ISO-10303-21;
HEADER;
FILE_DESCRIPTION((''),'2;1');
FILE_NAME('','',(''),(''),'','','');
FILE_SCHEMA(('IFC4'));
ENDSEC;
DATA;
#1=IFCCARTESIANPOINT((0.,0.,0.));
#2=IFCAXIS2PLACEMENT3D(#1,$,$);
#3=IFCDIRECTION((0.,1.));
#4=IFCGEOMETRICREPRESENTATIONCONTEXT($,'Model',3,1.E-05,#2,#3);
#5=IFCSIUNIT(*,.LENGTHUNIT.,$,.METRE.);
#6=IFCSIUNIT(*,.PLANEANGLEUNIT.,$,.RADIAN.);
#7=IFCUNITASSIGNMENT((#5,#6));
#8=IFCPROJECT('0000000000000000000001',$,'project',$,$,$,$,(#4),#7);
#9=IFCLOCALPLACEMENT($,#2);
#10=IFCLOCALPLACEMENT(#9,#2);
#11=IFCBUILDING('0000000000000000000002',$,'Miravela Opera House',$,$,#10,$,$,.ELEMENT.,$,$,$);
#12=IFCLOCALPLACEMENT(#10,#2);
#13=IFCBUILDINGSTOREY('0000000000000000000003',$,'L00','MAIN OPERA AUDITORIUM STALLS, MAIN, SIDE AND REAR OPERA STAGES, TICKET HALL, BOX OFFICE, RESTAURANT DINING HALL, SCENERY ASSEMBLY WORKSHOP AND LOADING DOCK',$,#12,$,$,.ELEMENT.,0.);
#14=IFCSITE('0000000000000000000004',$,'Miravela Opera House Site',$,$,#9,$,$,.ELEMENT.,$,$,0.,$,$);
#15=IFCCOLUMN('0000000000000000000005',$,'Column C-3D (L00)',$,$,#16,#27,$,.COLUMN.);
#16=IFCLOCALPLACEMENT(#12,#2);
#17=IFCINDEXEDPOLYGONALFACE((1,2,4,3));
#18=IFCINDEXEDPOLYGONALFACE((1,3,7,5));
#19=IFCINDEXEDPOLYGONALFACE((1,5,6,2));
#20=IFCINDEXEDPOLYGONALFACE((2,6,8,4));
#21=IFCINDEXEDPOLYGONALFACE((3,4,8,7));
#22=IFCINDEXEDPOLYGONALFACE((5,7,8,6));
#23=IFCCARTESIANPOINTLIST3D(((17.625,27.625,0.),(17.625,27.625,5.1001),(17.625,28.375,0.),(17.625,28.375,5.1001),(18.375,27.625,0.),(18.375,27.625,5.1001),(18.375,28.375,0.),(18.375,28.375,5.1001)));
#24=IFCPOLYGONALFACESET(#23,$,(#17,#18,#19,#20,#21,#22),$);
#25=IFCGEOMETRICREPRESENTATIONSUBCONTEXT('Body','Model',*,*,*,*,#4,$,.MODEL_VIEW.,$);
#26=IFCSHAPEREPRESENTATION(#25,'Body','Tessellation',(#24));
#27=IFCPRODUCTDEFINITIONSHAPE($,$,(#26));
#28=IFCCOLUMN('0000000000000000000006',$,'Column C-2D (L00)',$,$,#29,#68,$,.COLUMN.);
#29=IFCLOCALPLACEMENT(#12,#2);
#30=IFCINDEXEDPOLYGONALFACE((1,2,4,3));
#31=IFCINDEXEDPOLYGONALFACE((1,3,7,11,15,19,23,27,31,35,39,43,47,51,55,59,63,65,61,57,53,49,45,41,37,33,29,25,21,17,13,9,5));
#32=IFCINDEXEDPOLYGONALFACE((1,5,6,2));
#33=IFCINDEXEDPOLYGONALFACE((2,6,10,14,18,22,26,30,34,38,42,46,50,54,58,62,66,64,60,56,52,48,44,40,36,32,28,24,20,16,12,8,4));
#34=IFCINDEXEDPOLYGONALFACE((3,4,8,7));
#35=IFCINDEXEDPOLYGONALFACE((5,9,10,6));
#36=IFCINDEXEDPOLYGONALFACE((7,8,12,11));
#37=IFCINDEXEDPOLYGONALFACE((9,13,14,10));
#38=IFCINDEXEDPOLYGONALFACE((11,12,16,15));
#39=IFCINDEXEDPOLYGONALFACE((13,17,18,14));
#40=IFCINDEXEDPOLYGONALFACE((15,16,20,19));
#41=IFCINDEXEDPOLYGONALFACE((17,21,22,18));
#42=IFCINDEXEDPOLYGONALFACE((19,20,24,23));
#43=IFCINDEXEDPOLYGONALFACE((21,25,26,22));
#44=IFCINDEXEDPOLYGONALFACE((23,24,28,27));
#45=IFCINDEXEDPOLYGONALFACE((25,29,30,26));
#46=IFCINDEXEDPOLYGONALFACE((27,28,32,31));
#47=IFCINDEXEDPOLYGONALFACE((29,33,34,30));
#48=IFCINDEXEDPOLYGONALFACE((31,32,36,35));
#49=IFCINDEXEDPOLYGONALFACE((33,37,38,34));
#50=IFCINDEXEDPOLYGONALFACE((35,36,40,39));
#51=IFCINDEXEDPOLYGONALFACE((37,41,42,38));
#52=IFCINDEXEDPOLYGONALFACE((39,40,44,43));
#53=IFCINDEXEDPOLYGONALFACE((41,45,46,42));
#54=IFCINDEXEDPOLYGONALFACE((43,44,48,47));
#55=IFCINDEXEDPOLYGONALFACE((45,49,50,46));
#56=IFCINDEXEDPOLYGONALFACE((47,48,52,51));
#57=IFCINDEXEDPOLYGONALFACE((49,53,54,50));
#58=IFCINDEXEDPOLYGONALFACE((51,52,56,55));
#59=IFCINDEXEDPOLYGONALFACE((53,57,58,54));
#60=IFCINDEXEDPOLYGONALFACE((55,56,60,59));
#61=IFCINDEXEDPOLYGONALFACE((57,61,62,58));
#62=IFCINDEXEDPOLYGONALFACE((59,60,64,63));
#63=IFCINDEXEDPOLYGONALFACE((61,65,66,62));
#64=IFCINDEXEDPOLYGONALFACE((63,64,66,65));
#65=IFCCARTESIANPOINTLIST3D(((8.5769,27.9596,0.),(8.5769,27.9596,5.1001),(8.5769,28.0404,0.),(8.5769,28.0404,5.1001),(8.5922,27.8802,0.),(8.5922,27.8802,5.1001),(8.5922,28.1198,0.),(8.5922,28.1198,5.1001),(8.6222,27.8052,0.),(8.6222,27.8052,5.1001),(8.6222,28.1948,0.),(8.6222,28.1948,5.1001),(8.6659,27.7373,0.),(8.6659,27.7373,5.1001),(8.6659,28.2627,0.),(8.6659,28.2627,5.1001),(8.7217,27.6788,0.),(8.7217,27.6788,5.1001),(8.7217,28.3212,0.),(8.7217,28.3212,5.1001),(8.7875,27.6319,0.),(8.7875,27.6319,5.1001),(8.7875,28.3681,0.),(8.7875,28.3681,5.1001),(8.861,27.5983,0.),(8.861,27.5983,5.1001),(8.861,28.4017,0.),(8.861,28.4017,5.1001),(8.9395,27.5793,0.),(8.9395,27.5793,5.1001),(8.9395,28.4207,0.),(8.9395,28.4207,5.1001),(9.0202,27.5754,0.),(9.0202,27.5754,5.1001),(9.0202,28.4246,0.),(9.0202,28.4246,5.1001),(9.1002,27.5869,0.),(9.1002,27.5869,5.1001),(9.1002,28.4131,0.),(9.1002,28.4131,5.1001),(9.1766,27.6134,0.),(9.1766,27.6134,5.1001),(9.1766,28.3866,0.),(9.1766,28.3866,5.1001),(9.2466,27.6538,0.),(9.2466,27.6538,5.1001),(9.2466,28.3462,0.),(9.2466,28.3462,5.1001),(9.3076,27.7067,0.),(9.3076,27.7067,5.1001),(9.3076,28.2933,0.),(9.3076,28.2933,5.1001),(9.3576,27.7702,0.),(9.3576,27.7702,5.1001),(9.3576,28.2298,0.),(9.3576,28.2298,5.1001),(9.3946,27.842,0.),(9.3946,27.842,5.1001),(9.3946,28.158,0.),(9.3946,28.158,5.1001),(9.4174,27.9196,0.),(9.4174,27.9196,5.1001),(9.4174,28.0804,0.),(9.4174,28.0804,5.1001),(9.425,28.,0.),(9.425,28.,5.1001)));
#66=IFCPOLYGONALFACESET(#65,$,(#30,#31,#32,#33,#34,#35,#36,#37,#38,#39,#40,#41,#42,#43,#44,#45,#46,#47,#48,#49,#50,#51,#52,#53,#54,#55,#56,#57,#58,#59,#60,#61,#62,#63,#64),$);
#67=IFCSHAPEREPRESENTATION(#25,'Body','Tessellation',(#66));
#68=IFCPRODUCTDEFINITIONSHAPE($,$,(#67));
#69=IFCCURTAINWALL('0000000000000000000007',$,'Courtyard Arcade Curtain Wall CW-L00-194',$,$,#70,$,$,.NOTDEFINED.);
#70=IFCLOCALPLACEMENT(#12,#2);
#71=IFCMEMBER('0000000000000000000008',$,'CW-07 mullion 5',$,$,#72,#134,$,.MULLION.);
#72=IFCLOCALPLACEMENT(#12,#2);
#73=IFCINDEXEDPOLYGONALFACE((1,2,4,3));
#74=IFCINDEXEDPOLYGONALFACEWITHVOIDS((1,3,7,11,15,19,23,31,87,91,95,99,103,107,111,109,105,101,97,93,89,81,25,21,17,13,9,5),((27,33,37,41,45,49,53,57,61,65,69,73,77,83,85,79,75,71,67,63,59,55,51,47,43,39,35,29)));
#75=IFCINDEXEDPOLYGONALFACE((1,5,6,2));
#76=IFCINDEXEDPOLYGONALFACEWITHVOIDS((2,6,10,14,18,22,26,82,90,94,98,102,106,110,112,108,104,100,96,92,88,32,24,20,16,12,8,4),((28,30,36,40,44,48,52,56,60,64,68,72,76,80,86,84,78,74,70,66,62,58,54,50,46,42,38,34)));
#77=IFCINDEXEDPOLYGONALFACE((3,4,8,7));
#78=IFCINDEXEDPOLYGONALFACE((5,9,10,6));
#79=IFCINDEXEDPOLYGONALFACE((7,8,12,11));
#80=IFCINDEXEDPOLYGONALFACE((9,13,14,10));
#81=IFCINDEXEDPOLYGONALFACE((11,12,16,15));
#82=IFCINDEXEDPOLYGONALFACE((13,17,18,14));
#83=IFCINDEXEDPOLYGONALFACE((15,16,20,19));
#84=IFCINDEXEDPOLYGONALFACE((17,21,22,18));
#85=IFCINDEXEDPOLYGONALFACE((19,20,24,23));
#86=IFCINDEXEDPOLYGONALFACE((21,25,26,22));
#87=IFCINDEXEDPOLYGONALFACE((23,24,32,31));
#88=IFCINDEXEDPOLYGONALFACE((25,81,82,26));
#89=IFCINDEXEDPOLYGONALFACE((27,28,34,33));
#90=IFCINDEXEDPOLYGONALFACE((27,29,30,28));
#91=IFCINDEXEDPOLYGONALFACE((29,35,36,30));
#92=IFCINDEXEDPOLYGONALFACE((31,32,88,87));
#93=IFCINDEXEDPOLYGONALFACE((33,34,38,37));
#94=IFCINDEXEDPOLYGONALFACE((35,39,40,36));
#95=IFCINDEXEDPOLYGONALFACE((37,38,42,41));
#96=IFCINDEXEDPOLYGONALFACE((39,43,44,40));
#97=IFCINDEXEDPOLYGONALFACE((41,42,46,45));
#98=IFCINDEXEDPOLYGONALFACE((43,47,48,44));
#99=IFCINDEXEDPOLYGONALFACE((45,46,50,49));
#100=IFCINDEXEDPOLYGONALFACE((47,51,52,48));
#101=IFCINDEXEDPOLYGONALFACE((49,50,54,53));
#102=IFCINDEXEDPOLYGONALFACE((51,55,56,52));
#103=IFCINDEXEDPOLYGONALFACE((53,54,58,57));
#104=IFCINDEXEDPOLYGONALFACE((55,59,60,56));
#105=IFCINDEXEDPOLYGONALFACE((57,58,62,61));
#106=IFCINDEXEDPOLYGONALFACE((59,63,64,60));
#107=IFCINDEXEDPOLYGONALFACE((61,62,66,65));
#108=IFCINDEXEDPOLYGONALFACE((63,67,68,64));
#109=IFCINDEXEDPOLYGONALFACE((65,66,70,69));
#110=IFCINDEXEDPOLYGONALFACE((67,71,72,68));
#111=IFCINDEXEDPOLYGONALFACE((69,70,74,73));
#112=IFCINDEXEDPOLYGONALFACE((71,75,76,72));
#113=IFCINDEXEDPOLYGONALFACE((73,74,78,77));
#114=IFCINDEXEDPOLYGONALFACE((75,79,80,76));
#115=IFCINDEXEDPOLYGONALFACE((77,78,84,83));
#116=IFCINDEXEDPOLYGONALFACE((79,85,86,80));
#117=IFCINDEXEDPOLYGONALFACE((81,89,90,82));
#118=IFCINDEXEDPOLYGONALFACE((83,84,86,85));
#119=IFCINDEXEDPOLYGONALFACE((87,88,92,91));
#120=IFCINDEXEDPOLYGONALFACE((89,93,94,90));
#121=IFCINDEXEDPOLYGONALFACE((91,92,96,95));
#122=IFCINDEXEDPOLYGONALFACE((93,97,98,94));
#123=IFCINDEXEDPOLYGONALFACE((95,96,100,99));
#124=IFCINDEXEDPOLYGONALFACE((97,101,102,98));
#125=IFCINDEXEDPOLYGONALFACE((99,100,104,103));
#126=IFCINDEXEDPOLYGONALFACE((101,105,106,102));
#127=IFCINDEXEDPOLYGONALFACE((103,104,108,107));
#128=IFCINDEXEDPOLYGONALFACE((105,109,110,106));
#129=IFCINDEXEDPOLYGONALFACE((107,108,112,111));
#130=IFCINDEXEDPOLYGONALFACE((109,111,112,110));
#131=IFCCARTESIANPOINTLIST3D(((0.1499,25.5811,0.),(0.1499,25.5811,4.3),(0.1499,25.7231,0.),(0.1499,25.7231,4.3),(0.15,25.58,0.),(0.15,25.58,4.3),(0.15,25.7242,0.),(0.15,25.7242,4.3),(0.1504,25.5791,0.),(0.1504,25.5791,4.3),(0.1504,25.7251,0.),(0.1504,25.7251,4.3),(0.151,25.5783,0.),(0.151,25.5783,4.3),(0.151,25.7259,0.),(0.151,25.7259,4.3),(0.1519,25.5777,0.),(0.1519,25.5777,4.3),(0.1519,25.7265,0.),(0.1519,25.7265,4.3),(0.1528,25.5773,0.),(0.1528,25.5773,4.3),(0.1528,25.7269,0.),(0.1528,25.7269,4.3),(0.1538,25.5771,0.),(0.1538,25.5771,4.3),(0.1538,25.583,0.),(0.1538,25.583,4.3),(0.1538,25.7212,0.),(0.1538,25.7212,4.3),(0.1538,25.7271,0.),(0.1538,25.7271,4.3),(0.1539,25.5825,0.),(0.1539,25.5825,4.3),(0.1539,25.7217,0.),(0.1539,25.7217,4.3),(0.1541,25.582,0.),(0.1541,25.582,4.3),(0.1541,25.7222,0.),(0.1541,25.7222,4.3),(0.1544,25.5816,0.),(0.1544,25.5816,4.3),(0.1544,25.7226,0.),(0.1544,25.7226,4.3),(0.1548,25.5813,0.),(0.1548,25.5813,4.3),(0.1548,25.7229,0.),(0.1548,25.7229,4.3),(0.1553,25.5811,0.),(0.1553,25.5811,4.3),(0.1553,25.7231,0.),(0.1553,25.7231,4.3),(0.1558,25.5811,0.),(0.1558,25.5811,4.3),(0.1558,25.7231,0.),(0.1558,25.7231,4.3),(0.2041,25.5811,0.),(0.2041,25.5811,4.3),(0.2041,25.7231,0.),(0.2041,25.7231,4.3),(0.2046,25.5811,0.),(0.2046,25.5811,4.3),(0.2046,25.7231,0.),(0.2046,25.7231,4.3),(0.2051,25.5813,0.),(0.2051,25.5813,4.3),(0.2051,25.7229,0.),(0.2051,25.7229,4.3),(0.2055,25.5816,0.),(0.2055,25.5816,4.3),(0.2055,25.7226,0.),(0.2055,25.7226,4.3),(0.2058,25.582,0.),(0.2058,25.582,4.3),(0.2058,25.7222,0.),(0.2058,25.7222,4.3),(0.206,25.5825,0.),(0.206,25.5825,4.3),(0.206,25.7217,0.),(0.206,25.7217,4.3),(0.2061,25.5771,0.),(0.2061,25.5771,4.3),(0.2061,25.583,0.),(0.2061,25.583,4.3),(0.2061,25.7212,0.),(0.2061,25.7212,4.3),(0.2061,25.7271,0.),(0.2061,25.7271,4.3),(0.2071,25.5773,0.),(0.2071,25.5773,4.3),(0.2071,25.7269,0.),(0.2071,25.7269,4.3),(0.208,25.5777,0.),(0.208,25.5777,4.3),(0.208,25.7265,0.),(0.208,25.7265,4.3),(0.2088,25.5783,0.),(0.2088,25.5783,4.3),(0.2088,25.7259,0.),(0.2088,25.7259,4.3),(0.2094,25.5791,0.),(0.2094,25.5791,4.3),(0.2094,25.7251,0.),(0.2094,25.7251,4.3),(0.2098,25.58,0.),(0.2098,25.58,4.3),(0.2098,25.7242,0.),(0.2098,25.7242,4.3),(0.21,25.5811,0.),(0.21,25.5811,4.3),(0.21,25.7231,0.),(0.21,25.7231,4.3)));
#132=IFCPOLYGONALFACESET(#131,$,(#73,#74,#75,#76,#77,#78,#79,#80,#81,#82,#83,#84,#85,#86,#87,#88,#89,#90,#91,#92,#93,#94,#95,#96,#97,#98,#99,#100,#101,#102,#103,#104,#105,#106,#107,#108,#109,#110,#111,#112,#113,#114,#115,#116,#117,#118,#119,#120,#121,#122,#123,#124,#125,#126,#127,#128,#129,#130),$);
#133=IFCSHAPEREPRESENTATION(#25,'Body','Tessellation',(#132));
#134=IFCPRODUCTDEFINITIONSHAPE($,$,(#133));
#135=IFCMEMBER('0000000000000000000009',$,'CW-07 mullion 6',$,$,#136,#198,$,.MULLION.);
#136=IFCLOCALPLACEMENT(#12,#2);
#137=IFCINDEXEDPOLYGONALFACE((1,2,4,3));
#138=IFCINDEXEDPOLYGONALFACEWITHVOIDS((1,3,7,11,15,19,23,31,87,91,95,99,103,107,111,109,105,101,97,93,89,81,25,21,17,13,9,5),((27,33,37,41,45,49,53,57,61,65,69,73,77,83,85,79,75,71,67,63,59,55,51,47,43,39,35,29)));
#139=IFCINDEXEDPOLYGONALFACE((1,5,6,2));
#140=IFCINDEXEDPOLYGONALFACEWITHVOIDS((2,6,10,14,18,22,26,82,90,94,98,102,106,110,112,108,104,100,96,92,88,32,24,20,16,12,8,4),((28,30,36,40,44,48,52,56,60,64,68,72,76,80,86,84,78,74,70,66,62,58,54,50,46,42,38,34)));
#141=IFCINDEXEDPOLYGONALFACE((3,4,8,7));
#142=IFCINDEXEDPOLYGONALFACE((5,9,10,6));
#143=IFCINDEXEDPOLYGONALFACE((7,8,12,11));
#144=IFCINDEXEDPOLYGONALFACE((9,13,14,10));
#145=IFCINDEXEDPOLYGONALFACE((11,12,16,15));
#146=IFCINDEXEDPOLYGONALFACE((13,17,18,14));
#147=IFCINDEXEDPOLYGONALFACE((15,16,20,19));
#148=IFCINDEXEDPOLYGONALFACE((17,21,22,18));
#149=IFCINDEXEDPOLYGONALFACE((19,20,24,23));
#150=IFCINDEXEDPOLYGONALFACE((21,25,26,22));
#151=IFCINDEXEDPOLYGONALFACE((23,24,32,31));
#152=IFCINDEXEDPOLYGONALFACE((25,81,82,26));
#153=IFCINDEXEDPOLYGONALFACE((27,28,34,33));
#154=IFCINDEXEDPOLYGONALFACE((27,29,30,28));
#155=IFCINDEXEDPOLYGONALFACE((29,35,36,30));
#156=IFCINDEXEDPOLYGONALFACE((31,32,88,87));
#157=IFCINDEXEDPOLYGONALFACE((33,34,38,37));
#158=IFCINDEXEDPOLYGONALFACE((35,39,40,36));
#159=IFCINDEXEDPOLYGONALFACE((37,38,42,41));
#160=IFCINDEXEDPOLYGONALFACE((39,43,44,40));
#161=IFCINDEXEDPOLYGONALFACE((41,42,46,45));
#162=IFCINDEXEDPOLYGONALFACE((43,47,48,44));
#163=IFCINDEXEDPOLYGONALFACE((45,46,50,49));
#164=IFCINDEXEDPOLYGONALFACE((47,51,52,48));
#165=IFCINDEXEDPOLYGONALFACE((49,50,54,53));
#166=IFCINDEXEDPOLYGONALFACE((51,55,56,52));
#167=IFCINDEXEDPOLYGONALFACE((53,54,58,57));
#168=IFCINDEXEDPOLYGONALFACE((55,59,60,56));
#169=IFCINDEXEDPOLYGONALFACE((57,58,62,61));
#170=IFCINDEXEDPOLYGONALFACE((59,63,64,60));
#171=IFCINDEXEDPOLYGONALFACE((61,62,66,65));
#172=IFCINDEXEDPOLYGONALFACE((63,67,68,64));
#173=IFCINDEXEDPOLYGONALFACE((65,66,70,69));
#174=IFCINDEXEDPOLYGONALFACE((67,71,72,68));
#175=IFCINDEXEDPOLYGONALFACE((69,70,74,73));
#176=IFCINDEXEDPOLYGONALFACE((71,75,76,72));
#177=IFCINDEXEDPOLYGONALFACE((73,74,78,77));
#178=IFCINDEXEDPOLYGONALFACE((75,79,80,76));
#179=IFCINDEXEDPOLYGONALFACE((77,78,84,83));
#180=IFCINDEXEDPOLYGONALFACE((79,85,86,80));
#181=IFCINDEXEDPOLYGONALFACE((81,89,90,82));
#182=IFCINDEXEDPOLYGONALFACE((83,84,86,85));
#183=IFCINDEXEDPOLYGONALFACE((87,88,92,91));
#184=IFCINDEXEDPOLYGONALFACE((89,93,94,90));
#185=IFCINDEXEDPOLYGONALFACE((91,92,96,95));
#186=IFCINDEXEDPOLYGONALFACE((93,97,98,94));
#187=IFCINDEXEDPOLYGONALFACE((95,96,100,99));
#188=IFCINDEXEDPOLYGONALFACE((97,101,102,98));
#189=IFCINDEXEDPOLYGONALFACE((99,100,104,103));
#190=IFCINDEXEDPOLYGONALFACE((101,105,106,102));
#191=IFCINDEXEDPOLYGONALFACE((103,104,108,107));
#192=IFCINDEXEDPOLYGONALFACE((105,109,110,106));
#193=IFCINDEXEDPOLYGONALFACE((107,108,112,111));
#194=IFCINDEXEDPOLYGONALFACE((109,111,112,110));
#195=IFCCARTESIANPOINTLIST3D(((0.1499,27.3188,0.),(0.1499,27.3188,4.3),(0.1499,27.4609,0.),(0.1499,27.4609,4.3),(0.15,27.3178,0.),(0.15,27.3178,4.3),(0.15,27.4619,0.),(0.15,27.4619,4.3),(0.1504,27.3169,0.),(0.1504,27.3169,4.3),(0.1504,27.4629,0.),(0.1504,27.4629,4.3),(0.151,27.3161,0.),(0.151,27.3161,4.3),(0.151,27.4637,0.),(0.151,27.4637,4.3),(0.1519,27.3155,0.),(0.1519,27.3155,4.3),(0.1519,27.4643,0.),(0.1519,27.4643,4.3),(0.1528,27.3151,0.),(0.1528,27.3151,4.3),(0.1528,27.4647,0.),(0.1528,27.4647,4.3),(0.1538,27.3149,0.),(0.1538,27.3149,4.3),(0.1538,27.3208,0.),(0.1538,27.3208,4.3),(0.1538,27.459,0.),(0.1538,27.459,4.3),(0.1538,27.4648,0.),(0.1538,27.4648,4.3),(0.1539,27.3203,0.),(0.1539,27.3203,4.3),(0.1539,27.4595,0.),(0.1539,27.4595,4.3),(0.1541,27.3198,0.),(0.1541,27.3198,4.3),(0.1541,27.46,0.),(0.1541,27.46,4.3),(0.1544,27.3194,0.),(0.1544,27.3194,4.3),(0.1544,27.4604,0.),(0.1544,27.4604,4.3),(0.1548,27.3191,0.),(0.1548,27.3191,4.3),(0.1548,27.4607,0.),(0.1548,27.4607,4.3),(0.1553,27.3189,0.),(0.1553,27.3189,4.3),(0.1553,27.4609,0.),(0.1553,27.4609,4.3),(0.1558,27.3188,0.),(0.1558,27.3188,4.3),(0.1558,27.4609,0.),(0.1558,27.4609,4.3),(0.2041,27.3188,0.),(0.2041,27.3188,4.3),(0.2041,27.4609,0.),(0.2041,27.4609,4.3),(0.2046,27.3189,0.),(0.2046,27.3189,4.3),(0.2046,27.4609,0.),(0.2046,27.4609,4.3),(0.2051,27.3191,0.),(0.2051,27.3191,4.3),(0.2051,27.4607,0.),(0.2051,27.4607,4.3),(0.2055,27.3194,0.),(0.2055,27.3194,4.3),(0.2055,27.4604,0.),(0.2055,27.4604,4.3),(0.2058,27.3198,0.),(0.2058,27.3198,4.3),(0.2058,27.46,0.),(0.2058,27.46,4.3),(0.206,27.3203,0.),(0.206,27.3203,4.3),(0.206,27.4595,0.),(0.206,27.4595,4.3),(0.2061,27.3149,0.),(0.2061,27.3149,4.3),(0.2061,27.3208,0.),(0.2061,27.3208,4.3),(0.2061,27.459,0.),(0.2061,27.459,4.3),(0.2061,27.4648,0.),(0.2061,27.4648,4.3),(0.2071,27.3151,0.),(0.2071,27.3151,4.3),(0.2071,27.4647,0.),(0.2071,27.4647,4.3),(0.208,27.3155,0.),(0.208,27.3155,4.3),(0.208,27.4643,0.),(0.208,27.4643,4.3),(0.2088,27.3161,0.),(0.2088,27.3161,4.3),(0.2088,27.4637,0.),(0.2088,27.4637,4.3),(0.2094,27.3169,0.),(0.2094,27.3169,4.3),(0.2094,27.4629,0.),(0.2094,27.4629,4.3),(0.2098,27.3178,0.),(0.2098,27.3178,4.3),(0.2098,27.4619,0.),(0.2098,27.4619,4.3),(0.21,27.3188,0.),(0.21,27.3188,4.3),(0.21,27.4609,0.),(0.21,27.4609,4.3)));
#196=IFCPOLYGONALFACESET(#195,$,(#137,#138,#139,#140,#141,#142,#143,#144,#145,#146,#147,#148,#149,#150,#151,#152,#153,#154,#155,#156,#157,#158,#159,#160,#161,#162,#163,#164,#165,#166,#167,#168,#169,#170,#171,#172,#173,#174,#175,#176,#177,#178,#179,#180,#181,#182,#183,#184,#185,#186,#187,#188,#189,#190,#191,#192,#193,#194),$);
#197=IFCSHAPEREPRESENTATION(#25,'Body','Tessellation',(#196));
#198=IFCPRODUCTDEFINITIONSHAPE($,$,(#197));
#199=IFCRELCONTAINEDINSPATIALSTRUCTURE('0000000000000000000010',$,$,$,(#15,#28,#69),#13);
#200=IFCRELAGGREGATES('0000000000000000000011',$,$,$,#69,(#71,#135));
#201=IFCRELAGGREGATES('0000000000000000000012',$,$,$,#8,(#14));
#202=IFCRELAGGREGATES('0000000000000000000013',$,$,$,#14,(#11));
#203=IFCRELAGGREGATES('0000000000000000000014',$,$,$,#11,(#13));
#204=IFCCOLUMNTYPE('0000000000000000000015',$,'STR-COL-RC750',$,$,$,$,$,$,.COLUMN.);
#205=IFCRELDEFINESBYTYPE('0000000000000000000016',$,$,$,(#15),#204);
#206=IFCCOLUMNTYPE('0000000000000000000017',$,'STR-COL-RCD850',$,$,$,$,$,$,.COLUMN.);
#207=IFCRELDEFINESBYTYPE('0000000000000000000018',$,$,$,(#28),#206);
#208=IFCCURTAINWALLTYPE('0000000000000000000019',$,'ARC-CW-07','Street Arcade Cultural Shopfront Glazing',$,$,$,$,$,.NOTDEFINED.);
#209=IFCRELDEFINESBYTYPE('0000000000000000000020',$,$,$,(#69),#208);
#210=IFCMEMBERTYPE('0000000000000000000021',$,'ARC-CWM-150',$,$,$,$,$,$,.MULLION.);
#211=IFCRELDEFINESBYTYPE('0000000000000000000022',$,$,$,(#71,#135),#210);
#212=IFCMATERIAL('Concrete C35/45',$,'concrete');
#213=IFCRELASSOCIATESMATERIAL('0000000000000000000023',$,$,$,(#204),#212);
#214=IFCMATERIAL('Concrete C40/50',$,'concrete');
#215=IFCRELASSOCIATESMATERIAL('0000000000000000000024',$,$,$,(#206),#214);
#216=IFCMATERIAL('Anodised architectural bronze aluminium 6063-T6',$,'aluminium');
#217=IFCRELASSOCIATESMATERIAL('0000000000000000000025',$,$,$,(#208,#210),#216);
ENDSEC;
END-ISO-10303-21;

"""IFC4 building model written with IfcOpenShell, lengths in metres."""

from ifc_helpers import new_model, si_unit, direction, frame, origin, origin_2d, place, context, subcontext, project, spatial, rectangle, hollow_rectangle, circle, extrude, material, material_profile, profile_set, type_object, element, aggregate, save


model = new_model("IFC4")

# Units and contexts
model_context = context("Model", 3, precision=1e-05, world=origin(), true_north=direction((0.0, 1.0)))
body_context = subcontext(model_context, "Body", "Model", "MODEL_VIEW")
ifc_project = project(units=[si_unit("LENGTHUNIT", "METRE"), si_unit("PLANEANGLEUNIT", "RADIAN")], contexts=[model_context])

# Site, building, storey
site_placement = place(None, origin())
site = spatial("IfcSite", under=ifc_project, at=site_placement, Name="Miravela Opera House Site", CompositionType="ELEMENT", RefElevation=0.0)
building_placement = place(site_placement, origin())
building = spatial("IfcBuilding", under=site, at=building_placement, Name="Miravela Opera House", CompositionType="ELEMENT")
storey_placement = place(building_placement, origin())
storey = spatial("IfcBuildingStorey", under=building, at=storey_placement, Name="L00", Description="MAIN OPERA AUDITORIUM STALLS, MAIN, SIDE AND REAR OPERA STAGES, TICKET HALL, BOX OFFICE, RESTAURANT DINING HALL, SCENERY ASSEMBLY WORKSHOP AND LOADING DOCK", CompositionType="ELEMENT", Elevation=0.0)

# Columns
ifc_material_1 = material(Name="Concrete C35/45", Category="concrete")
ifc_material_profile_1 = material_profile(ifc_material_1, rectangle(XDim=0.75, YDim=0.75, at=origin_2d()), Name="RC-COL-750X750")
ifc_profile_set_1 = profile_set([ifc_material_profile_1])
column_type_1 = type_object("IfcColumnType", Name="STR-COL-RC750", PredefinedType="COLUMN", material=ifc_profile_set_1)
column_1_placement = place(storey_placement, frame((18.0, 28.0, 0.0), z_axis=(0.0, 0.0, 1.0), x_axis=(1.0, 0.0, 0.0)))
element("IfcColumn", 1, at=column_1_placement, inside=storey, type_object=column_type_1, Name="Column C-3D (L00)", PredefinedType="COLUMN", context=body_context, shape_type="SweptSolid", body=[
    extrude(rectangle(XDim=0.75, YDim=0.75, at=origin_2d()), origin(), (0.0, 0.0, 1.0), 5.1001),
])
ifc_material_2 = material(Name="Concrete C40/50", Category="concrete")
ifc_material_profile_2 = material_profile(ifc_material_2, circle(Radius=0.425, at=origin_2d()), Name="RC-COL-D850")
ifc_profile_set_2 = profile_set([ifc_material_profile_2])
column_type_2 = type_object("IfcColumnType", Name="STR-COL-RCD850", PredefinedType="COLUMN", material=ifc_profile_set_2)
column_2_placement = place(storey_placement, frame((9.0, 28.0, 0.0), z_axis=(0.0, 0.0, 1.0), x_axis=(1.0, 0.0, 0.0)))
element("IfcColumn", 2, at=column_2_placement, inside=storey, type_object=column_type_2, Name="Column C-2D (L00)", PredefinedType="COLUMN", context=body_context, shape_type="SweptSolid", body=[
    extrude(circle(Radius=0.425, at=origin_2d()), origin(), (0.0, 0.0, 1.0), 5.1001),
])

# Curtain wall, members
ifc_material_3 = material(Name="Anodised architectural bronze aluminium 6063-T6", Category="aluminium")
curtain_wall_type = type_object("IfcCurtainWallType", Name="ARC-CW-07", Description="Street Arcade Cultural Shopfront Glazing", PredefinedType="NOTDEFINED", material=ifc_material_3)
curtain_wall_placement = place(storey_placement, origin())
curtain_wall = element("IfcCurtainWall", 3, at=curtain_wall_placement, inside=storey, type_object=curtain_wall_type, Name="Courtyard Arcade Curtain Wall CW-L00-194", PredefinedType="NOTDEFINED")
ifc_material_profile_3 = material_profile(ifc_material_3, hollow_rectangle(XDim=0.0601, YDim=0.1499, WallThickness=0.0039, InnerFilletRadius=0.002, OuterFilletRadius=0.0039, at=origin_2d()), Name="CWM-60X150")
ifc_profile_set_3 = profile_set([ifc_material_profile_3])
member_type_1 = type_object("IfcMemberType", Name="ARC-CWM-150", PredefinedType="MULLION", material=ifc_profile_set_3)
member_1_placement = place(storey_placement, frame((0.1799, 25.6521, 0.0), z_axis=(0.0, 0.0, 1.0), x_axis=(-1.0, 0.0, 0.0)))
member_1 = element("IfcMember", 4, at=member_1_placement, type_object=member_type_1, Name="CW-07 mullion 5", PredefinedType="MULLION", context=body_context, shape_type="SweptSolid", body=[
    extrude(hollow_rectangle(XDim=0.0601, YDim=0.1499, WallThickness=0.0039, InnerFilletRadius=0.002, OuterFilletRadius=0.0039, at=origin_2d()), origin(), (0.0, 0.0, 1.0), 4.3),
])
member_2_placement = place(storey_placement, frame((0.1799, 27.3899, 0.0), z_axis=(0.0, 0.0, 1.0), x_axis=(-1.0, 0.0, 0.0)))
member_2 = element("IfcMember", 5, at=member_2_placement, type_object=member_type_1, Name="CW-07 mullion 6", PredefinedType="MULLION", context=body_context, shape_type="SweptSolid", body=[
    extrude(hollow_rectangle(XDim=0.0601, YDim=0.1499, WallThickness=0.0039, InnerFilletRadius=0.002, OuterFilletRadius=0.0039, at=origin_2d()), origin(), (0.0, 0.0, 1.0), 4.3),
])

aggregate(curtain_wall, [member_1, member_2])

save(model, "model.ifc")
